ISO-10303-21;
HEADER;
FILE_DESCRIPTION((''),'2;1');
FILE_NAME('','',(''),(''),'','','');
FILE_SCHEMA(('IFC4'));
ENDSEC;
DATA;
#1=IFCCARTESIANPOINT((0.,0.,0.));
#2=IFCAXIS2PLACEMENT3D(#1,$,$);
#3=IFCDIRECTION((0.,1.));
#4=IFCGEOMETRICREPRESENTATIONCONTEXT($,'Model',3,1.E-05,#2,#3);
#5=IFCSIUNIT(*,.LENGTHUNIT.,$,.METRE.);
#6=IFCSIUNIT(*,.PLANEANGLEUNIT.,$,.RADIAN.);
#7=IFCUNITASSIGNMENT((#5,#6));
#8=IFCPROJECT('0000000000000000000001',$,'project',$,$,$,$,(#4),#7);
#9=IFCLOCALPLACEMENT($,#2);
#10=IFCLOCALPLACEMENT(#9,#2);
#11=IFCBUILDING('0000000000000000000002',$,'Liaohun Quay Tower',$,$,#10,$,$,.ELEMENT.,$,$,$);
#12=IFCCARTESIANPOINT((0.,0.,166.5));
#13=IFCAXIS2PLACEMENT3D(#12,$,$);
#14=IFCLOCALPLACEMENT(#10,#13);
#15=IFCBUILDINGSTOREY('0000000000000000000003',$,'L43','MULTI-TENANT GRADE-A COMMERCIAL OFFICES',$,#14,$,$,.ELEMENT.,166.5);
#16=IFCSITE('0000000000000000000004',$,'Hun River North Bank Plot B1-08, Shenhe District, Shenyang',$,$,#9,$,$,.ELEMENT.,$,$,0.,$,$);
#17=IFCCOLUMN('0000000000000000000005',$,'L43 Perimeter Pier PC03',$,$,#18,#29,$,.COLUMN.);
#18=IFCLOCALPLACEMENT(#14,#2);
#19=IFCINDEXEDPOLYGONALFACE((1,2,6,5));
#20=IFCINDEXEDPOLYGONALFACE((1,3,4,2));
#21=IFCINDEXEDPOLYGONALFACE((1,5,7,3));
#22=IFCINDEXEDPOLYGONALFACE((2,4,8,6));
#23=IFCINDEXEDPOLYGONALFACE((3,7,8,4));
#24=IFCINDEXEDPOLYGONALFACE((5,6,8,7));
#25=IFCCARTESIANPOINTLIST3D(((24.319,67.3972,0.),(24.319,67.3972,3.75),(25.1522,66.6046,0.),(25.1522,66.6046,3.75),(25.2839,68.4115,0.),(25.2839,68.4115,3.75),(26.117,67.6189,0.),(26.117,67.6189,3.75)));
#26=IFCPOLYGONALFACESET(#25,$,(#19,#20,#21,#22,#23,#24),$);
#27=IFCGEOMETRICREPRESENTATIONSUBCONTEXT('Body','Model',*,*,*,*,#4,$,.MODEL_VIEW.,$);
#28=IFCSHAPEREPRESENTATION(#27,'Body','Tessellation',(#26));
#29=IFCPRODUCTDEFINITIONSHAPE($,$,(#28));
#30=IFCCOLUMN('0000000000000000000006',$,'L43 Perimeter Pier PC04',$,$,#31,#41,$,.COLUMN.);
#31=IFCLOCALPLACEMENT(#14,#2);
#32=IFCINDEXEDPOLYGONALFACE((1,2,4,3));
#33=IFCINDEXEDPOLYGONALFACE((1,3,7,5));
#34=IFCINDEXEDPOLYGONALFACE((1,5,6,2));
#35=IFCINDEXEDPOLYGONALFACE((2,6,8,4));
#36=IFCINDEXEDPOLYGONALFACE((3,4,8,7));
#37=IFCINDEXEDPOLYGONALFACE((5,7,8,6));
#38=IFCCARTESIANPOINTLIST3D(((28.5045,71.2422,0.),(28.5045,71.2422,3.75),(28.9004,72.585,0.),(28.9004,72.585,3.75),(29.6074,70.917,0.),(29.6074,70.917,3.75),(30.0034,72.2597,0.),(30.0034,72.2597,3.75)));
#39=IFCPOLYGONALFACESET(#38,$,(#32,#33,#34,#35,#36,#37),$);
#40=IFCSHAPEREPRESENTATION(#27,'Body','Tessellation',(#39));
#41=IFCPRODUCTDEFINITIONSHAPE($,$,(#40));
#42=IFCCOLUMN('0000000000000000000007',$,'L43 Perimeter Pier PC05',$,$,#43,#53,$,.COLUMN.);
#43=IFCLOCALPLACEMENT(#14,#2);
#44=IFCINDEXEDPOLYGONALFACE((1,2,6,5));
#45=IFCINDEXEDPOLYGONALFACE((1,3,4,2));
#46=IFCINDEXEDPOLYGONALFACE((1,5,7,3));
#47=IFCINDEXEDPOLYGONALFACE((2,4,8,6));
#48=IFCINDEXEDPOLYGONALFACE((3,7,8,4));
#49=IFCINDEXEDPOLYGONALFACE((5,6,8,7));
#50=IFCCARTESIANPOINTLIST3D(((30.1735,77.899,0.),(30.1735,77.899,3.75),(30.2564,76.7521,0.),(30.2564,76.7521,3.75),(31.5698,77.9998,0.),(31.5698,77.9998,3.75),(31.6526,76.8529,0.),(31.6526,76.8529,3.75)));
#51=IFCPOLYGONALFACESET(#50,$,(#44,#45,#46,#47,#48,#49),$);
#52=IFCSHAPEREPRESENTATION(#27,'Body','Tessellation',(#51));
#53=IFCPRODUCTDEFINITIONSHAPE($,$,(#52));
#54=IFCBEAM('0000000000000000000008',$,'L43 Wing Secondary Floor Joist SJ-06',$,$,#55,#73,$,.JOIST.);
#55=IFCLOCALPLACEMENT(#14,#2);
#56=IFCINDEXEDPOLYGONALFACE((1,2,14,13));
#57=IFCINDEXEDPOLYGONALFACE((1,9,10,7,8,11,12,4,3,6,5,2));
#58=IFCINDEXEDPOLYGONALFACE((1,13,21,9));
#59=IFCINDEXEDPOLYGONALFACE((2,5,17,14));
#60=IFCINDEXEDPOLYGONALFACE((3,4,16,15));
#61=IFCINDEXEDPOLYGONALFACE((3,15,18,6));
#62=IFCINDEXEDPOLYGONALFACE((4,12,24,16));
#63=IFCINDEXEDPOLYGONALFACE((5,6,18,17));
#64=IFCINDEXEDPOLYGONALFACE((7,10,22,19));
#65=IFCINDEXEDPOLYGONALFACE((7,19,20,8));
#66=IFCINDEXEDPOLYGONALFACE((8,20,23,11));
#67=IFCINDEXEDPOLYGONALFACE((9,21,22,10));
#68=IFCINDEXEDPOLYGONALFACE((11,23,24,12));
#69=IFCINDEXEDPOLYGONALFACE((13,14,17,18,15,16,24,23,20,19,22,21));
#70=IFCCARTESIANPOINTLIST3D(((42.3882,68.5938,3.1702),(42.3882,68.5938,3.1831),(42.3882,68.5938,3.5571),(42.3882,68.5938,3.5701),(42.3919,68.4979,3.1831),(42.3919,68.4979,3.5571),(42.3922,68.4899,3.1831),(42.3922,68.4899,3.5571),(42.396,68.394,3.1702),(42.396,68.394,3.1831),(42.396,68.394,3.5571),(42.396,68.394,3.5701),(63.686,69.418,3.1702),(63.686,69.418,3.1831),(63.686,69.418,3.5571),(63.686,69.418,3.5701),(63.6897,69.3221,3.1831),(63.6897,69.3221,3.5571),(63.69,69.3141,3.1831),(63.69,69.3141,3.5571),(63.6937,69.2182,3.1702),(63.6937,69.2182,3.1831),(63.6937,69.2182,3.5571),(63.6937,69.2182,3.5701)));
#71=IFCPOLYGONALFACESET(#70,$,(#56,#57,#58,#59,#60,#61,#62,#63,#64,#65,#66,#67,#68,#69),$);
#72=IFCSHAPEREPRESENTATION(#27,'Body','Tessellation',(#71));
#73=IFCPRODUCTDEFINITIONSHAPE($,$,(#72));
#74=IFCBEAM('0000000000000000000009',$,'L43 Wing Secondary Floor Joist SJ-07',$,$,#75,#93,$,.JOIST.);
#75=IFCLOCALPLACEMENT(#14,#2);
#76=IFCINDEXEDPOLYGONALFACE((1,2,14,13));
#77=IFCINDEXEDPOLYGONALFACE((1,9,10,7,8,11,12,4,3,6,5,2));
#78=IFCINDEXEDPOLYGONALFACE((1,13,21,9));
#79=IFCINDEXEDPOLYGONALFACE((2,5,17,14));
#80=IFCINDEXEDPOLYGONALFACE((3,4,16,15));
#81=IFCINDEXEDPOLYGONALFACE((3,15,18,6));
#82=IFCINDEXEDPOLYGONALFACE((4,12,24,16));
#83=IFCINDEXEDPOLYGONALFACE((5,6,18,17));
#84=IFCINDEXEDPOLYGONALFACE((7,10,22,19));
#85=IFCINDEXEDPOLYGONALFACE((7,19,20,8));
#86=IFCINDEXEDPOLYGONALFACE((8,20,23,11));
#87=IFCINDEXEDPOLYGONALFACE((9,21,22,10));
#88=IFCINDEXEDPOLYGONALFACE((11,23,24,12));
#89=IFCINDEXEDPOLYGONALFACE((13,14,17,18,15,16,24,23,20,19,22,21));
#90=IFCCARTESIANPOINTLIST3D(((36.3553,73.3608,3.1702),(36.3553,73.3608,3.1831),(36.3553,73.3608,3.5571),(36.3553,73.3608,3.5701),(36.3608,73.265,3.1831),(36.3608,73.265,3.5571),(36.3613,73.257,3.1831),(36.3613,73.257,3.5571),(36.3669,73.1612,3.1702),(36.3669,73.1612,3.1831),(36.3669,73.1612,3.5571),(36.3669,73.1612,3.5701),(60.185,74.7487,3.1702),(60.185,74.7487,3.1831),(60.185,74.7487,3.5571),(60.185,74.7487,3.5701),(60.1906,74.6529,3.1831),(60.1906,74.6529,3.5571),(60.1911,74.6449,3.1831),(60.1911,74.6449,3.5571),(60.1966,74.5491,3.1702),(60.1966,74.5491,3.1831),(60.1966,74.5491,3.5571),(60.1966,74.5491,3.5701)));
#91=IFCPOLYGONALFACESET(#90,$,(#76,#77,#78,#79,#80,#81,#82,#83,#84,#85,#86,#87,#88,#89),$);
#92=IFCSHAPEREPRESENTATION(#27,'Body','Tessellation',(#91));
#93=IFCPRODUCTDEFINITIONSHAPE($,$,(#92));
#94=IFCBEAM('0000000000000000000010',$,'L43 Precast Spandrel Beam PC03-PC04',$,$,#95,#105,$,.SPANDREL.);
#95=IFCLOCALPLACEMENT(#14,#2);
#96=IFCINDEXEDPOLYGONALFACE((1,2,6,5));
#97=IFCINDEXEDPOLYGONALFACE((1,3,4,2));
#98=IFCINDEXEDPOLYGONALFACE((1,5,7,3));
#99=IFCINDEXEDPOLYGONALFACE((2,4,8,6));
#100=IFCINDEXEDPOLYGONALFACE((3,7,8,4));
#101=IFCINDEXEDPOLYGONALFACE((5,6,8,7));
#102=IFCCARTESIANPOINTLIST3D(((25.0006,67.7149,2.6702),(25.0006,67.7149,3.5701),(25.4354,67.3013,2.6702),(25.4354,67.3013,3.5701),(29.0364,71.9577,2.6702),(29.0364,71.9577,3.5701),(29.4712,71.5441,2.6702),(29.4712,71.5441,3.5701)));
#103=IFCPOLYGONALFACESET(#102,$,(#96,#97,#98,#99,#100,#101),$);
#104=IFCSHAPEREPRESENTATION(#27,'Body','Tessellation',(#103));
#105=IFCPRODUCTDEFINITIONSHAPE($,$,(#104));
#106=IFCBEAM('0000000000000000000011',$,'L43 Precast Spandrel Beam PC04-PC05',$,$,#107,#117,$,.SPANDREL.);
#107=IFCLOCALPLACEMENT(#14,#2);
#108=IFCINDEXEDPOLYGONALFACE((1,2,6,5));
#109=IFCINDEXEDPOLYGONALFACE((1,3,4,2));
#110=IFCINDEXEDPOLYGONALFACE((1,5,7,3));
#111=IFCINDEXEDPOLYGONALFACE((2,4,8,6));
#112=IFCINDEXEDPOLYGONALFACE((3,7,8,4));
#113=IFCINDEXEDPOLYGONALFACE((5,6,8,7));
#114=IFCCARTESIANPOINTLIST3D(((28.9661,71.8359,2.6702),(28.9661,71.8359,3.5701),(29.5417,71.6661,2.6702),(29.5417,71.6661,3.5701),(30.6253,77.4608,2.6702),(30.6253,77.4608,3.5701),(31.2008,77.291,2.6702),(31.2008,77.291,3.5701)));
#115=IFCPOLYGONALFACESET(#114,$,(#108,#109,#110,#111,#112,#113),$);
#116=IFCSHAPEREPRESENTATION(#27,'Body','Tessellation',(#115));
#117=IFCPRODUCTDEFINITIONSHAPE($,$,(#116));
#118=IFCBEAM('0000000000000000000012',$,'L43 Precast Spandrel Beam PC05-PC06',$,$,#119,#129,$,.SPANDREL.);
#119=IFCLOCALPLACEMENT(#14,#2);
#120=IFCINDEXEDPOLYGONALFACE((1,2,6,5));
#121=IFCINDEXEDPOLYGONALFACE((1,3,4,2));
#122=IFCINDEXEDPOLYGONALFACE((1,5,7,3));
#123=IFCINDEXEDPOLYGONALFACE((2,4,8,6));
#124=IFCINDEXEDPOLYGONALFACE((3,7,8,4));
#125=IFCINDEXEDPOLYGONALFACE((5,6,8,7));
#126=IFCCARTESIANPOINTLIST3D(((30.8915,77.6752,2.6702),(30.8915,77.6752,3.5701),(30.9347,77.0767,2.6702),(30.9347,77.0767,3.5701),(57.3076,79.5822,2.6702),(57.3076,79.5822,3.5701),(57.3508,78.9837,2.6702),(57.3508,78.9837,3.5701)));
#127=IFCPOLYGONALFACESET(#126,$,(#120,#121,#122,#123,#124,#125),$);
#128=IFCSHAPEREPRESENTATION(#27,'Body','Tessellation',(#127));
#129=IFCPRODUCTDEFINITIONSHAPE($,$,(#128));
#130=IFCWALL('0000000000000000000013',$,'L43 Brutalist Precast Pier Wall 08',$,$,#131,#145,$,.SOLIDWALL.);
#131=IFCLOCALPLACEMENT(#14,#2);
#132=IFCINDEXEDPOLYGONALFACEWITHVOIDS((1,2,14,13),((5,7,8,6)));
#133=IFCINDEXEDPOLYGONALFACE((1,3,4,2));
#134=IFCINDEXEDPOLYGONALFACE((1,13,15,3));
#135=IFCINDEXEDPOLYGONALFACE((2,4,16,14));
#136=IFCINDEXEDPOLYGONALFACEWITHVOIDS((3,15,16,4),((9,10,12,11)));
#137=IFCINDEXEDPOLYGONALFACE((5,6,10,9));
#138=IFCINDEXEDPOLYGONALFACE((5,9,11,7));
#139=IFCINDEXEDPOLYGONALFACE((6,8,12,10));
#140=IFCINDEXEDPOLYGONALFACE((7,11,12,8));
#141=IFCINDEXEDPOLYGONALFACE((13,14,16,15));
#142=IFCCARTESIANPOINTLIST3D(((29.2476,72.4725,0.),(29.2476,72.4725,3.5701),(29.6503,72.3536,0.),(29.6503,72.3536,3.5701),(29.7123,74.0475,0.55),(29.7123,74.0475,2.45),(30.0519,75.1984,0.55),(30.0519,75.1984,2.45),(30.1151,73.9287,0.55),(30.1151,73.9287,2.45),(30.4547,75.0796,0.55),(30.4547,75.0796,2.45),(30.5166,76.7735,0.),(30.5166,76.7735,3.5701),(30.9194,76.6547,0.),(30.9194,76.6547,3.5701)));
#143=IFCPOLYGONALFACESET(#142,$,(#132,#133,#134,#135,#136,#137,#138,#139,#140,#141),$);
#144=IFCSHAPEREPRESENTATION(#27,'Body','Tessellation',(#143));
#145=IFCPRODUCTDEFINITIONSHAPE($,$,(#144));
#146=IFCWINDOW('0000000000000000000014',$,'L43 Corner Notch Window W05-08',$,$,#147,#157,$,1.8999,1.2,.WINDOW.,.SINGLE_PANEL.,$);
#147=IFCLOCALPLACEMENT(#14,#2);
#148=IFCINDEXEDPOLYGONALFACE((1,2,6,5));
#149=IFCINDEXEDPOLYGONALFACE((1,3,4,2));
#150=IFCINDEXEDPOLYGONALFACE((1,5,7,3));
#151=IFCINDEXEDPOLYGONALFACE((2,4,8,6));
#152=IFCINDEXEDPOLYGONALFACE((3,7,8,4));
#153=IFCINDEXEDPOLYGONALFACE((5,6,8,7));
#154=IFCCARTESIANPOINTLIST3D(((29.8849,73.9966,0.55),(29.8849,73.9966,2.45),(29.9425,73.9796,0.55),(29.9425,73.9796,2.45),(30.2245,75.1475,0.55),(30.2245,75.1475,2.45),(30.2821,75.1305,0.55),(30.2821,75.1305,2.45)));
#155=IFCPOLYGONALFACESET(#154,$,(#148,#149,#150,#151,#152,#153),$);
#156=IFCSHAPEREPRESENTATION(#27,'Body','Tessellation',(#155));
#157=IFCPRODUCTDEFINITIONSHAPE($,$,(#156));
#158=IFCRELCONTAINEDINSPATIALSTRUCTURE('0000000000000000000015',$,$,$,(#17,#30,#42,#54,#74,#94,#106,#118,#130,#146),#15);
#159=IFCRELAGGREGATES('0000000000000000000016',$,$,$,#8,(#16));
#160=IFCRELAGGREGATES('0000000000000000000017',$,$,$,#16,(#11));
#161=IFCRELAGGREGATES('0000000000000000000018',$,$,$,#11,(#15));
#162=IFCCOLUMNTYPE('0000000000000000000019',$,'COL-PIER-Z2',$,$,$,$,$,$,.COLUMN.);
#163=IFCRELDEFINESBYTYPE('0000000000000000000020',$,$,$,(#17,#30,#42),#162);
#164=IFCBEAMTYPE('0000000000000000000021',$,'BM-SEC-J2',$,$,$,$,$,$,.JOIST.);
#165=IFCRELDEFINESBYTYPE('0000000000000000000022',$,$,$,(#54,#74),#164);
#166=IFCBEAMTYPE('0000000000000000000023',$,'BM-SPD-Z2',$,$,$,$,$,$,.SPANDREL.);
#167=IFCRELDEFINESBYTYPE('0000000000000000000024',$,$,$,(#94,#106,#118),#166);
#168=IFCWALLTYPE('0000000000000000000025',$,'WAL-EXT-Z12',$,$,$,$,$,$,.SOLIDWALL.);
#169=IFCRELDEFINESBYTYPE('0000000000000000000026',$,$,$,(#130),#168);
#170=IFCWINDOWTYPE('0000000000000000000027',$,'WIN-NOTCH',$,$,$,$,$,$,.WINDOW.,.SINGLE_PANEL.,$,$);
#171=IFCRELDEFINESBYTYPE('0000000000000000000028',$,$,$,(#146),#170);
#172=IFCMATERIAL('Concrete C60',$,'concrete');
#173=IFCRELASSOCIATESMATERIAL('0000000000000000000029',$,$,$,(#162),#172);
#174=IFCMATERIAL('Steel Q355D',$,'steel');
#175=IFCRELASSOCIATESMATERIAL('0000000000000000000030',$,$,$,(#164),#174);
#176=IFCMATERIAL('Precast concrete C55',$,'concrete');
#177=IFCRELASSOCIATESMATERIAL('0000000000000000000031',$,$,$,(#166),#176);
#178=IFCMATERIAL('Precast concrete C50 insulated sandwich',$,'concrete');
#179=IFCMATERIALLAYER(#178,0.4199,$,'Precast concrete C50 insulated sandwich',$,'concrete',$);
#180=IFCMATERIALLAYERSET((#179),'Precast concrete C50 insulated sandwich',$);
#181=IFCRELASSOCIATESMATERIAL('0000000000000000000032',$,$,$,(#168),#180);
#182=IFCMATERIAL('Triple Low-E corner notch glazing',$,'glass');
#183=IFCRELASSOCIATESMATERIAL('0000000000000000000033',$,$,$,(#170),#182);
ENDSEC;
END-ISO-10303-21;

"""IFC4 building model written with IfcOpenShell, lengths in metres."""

from ifc_helpers import new_model, si_unit, direction, frame, frame_2d, origin, origin_2d, place, context, subcontext, project, spatial, rectangle, i_section, extrude, source, transform, mapped, material, layer, layer_set, material_profile, profile_set, type_object, element, fill, save


model = new_model("IFC4")

# Units and contexts
model_context = context("Model", 3, precision=1e-05, world=origin(), true_north=direction((0.0, 1.0)))
body_context = subcontext(model_context, "Body", "Model", "MODEL_VIEW")
ifc_project = project(units=[si_unit("LENGTHUNIT", "METRE"), si_unit("PLANEANGLEUNIT", "RADIAN")], contexts=[model_context])

# Site, building, storey
site_placement = place(None, origin())
site = spatial("IfcSite", under=ifc_project, at=site_placement, Name="Hun River North Bank Plot B1-08, Shenhe District, Shenyang", CompositionType="ELEMENT", RefElevation=0.0)
building_placement = place(site_placement, origin())
building = spatial("IfcBuilding", under=site, at=building_placement, Name="Liaohun Quay Tower", CompositionType="ELEMENT")
storey_placement = place(building_placement, frame((0.0, 0.0, 166.5)))
storey = spatial("IfcBuildingStorey", under=building, at=storey_placement, Name="L43", Description="MULTI-TENANT GRADE-A COMMERCIAL OFFICES", CompositionType="ELEMENT", Elevation=166.5)

# Columns
ifc_material_1 = material(Name="Concrete C60", Category="concrete")
ifc_material_profile_1 = material_profile(ifc_material_1, rectangle(XDim=1.3999, YDim=1.1499, at=origin_2d()), Name="RC1400x1150")
ifc_profile_set_1 = profile_set([ifc_material_profile_1], Name="Concrete C60")
column_type = type_object("IfcColumnType", Name="COL-PIER-Z2", PredefinedType="COLUMN", material=ifc_profile_set_1)
shared_shape_1 = source(origin(), body_context, "Body", "SweptSolid", [
    extrude(rectangle(XDim=1.3999, YDim=1.1499, at=origin_2d()), origin(), (0.0, 0.0, 1.0), 3.75),
])
for number, where, z_axis, x_axis, name in (
    (1, (25.218, 67.5081, 0.0), (0.0, 0.0, 1.0), (0.68924, 0.724533, 0.0), "L43 Perimeter Pier PC03"),
    (2, (29.2539, 71.751, 0.0), (0.0, 0.0, 1.0), (0.282844, 0.959166, 0.0), "L43 Perimeter Pier PC04"),
    (3, (30.9131, 77.376, 0.0), (0.0, 0.0, 1.0), (0.997403, 0.07202, 0.0), "L43 Perimeter Pier PC05"),
):
    element("IfcColumn", number, at=place(storey_placement, frame(where, z_axis=z_axis, x_axis=x_axis)), inside=storey, type_object=column_type, Name=name, PredefinedType="COLUMN", context=body_context, shape_type="MappedRepresentation", body=[
        mapped(shared_shape_1, transform((0.0, 0.0, 0.0), x_axis=(1.0, 0.0, 0.0), y_axis=(0.0, 1.0, 0.0), z_axis=(0.0, 0.0, 1.0), scale=1.0)),
    ])

# Beams
ifc_material_2 = material(Name="Steel Q355D", Category="steel")
ifc_material_profile_2 = material_profile(ifc_material_2, i_section(OverallWidth=0.2, OverallDepth=0.3999, WebThickness=0.0081, FlangeThickness=0.0129, at=origin_2d()), Name="HN400x200x8x13")
ifc_profile_set_2 = profile_set([ifc_material_profile_2], Name="Steel Q355D")
beam_type_1 = type_object("IfcBeamType", Name="BM-SEC-J2", PredefinedType="JOIST", material=ifc_profile_set_2)
shared_shape_2 = source(origin(), body_context, "Body", "SweptSolid", [
    extrude(i_section(OverallWidth=0.2, OverallDepth=0.3999, WebThickness=0.0081, FlangeThickness=0.0129, at=origin_2d()), origin(), (0.0, 0.0, 1.0), 21.3137),
])
beam_1_placement = place(storey_placement, frame((42.3921, 68.4939, 3.3701), z_axis=(0.999252, 0.038671, 0.0), x_axis=(-0.038671, 0.999252, 0.0)))
element("IfcBeam", 4, at=beam_1_placement, inside=storey, type_object=beam_type_1, Name="L43 Wing Secondary Floor Joist SJ-06", PredefinedType="JOIST", context=body_context, shape_type="MappedRepresentation", body=[
    mapped(shared_shape_2, transform((0.0, 0.0, 0.0), x_axis=(1.0, 0.0, 0.0), y_axis=(0.0, 1.0, 0.0), z_axis=(0.0, 0.0, 1.0), scale=1.0)),
])
shared_shape_3 = source(origin(), body_context, "Body", "SweptSolid", [
    extrude(i_section(OverallWidth=0.2, OverallDepth=0.3999, WebThickness=0.0081, FlangeThickness=0.0129, at=origin_2d()), origin(), (0.0, 0.0, 1.0), 23.8701),
])
beam_2_placement = place(storey_placement, frame((36.3611, 73.261, 3.3701), z_axis=(0.998308, 0.058145, 0.0), x_axis=(-0.058145, 0.998308, 0.0)))
element("IfcBeam", 5, at=beam_2_placement, inside=storey, type_object=beam_type_1, Name="L43 Wing Secondary Floor Joist SJ-07", PredefinedType="JOIST", context=body_context, shape_type="MappedRepresentation", body=[
    mapped(shared_shape_3, transform((0.0, 0.0, 0.0), x_axis=(1.0, 0.0, 0.0), y_axis=(0.0, 1.0, 0.0), z_axis=(0.0, 0.0, 1.0), scale=1.0)),
])
ifc_material_3 = material(Name="Precast concrete C55", Category="concrete")
ifc_material_profile_3 = material_profile(ifc_material_3, rectangle(XDim=0.6001, YDim=0.8999, at=origin_2d()), Name="RC600x900")
ifc_profile_set_3 = profile_set([ifc_material_profile_3], Name="Precast concrete C55")
beam_type_2 = type_object("IfcBeamType", Name="BM-SPD-Z2", PredefinedType="SPANDREL", material=ifc_profile_set_3)
shared_shape_4 = source(origin(), body_context, "Body", "SweptSolid", [
    extrude(rectangle(XDim=0.6001, YDim=0.8999, at=origin_2d()), origin(), (0.0, 0.0, 1.0), 5.8557),
])
beam_3_placement = place(storey_placement, frame((25.218, 67.5081, 3.1201), z_axis=(0.689208, 0.724563, 0.0), x_axis=(-0.724563, 0.689208, 0.0)))
element("IfcBeam", 6, at=beam_3_placement, inside=storey, type_object=beam_type_2, Name="L43 Precast Spandrel Beam PC03-PC04", PredefinedType="SPANDREL", context=body_context, shape_type="MappedRepresentation", body=[
    mapped(shared_shape_4, transform((0.0, 0.0, 0.0), x_axis=(1.0, 0.0, 0.0), y_axis=(0.0, 1.0, 0.0), z_axis=(0.0, 0.0, 1.0), scale=1.0)),
])
shared_shape_5 = source(origin(), body_context, "Body", "SweptSolid", [
    extrude(rectangle(XDim=0.6001, YDim=0.8999, at=origin_2d()), origin(), (0.0, 0.0, 1.0), 5.8645),
])
beam_4_placement = place(storey_placement, frame((29.2539, 71.751, 3.1201), z_axis=(0.282915, 0.959145, 0.0), x_axis=(-0.959145, 0.282915, 0.0)))
element("IfcBeam", 7, at=beam_4_placement, inside=storey, type_object=beam_type_2, Name="L43 Precast Spandrel Beam PC04-PC05", PredefinedType="SPANDREL", context=body_context, shape_type="MappedRepresentation", body=[
    mapped(shared_shape_5, transform((0.0, 0.0, 0.0), x_axis=(1.0, 0.0, 0.0), y_axis=(0.0, 1.0, 0.0), z_axis=(0.0, 0.0, 1.0), scale=1.0)),
])
shared_shape_6 = source(origin(), body_context, "Body", "SweptSolid", [
    extrude(rectangle(XDim=0.6001, YDim=0.8999, at=origin_2d()), origin(), (0.0, 0.0, 1.0), 26.4849),
])
beam_5_placement = place(storey_placement, frame((30.9131, 77.376, 3.1201), z_axis=(0.997404, 0.072003, 0.0), x_axis=(-0.072003, 0.997404, 0.0)))
element("IfcBeam", 8, at=beam_5_placement, inside=storey, type_object=beam_type_2, Name="L43 Precast Spandrel Beam PC05-PC06", PredefinedType="SPANDREL", context=body_context, shape_type="MappedRepresentation", body=[
    mapped(shared_shape_6, transform((0.0, 0.0, 0.0), x_axis=(1.0, 0.0, 0.0), y_axis=(0.0, 1.0, 0.0), z_axis=(0.0, 0.0, 1.0), scale=1.0)),
])

# Wall, opening, window
ifc_material_4 = material(Name="Precast concrete C50 insulated sandwich", Category="concrete")
ifc_layer_1 = layer(ifc_material_4, 0.4199, Name="Precast concrete C50 insulated sandwich", Category="concrete")
ifc_layer_set_1 = layer_set([ifc_layer_1], Name="Precast concrete C50 insulated sandwich")
wall_type_1 = type_object("IfcWallType", Name="WAL-EXT-Z12", PredefinedType="SOLIDWALL", material=ifc_layer_set_1)
wall_1_placement = place(storey_placement, frame((30.718, 76.7141, 0.0), z_axis=(0.0, 0.0, 1.0), x_axis=(-0.282994, -0.959122, 0.0)))
wall_1 = element("IfcWall", 9, at=wall_1_placement, inside=storey, type_object=wall_type_1, Name="L43 Brutalist Precast Pier Wall 08", PredefinedType="SOLIDWALL", context=body_context, shape_type="SweptSolid", body=[
    extrude(rectangle(XDim=4.4844, YDim=0.4199, at=frame_2d((2.2422, 0.0))), origin(), (0.0, 0.0, 1.0), 3.5701),
])
shared_shape_7 = source(origin(), body_context, "Body", "SweptSolid", [
    extrude(rectangle(XDim=1.2, YDim=1.8999, at=frame_2d((0.6001, 0.95))), frame((0.0, 0.22, 0.0), z_axis=(0.0, -1.0, 0.0), x_axis=(1.0, 0.0, 0.0)), (0.0, 0.0, 1.0), 0.4399),
])
opening_1_placement = place(wall_1_placement, frame((1.6421, 0.0, 0.55)))
opening_1 = element("IfcOpeningElement", 10, at=opening_1_placement, cuts=wall_1, PredefinedType="OPENING", context=body_context, shape_type="MappedRepresentation", body=[
    mapped(shared_shape_7, transform((0.0, 0.0, 0.0), x_axis=(1.0, 0.0, 0.0), y_axis=(0.0, 1.0, 0.0), z_axis=(0.0, 0.0, 1.0), scale=1.0)),
])
ifc_material_5 = material(Name="Triple Low-E corner notch glazing", Category="glass")
window_type_1 = type_object("IfcWindowType", Name="WIN-NOTCH", PartitioningType="SINGLE_PANEL", PredefinedType="WINDOW", material=ifc_material_5)
shared_shape_8 = source(origin(), body_context, "Body", "SweptSolid", [
    extrude(rectangle(XDim=1.2, YDim=1.8999, at=frame_2d((0.6001, 0.95))), frame((0.0, 0.03, 0.0), z_axis=(0.0, -1.0, 0.0), x_axis=(1.0, 0.0, 0.0)), (0.0, 0.0, 1.0), 0.0601),
])
window_1_placement = place(opening_1_placement, origin())
window_1 = element("IfcWindow", 11, at=window_1_placement, inside=storey, type_object=window_type_1, Name="L43 Corner Notch Window W05-08", OverallHeight=1.8999, OverallWidth=1.2, PartitioningType="SINGLE_PANEL", PredefinedType="WINDOW", context=body_context, shape_type="MappedRepresentation", body=[
    mapped(shared_shape_8, transform((0.0, 0.0, 0.0), x_axis=(1.0, 0.0, 0.0), y_axis=(0.0, 1.0, 0.0), z_axis=(0.0, 0.0, 1.0), scale=1.0)),
])
fill(opening_1, window_1)

save(model, "model.ifc")
